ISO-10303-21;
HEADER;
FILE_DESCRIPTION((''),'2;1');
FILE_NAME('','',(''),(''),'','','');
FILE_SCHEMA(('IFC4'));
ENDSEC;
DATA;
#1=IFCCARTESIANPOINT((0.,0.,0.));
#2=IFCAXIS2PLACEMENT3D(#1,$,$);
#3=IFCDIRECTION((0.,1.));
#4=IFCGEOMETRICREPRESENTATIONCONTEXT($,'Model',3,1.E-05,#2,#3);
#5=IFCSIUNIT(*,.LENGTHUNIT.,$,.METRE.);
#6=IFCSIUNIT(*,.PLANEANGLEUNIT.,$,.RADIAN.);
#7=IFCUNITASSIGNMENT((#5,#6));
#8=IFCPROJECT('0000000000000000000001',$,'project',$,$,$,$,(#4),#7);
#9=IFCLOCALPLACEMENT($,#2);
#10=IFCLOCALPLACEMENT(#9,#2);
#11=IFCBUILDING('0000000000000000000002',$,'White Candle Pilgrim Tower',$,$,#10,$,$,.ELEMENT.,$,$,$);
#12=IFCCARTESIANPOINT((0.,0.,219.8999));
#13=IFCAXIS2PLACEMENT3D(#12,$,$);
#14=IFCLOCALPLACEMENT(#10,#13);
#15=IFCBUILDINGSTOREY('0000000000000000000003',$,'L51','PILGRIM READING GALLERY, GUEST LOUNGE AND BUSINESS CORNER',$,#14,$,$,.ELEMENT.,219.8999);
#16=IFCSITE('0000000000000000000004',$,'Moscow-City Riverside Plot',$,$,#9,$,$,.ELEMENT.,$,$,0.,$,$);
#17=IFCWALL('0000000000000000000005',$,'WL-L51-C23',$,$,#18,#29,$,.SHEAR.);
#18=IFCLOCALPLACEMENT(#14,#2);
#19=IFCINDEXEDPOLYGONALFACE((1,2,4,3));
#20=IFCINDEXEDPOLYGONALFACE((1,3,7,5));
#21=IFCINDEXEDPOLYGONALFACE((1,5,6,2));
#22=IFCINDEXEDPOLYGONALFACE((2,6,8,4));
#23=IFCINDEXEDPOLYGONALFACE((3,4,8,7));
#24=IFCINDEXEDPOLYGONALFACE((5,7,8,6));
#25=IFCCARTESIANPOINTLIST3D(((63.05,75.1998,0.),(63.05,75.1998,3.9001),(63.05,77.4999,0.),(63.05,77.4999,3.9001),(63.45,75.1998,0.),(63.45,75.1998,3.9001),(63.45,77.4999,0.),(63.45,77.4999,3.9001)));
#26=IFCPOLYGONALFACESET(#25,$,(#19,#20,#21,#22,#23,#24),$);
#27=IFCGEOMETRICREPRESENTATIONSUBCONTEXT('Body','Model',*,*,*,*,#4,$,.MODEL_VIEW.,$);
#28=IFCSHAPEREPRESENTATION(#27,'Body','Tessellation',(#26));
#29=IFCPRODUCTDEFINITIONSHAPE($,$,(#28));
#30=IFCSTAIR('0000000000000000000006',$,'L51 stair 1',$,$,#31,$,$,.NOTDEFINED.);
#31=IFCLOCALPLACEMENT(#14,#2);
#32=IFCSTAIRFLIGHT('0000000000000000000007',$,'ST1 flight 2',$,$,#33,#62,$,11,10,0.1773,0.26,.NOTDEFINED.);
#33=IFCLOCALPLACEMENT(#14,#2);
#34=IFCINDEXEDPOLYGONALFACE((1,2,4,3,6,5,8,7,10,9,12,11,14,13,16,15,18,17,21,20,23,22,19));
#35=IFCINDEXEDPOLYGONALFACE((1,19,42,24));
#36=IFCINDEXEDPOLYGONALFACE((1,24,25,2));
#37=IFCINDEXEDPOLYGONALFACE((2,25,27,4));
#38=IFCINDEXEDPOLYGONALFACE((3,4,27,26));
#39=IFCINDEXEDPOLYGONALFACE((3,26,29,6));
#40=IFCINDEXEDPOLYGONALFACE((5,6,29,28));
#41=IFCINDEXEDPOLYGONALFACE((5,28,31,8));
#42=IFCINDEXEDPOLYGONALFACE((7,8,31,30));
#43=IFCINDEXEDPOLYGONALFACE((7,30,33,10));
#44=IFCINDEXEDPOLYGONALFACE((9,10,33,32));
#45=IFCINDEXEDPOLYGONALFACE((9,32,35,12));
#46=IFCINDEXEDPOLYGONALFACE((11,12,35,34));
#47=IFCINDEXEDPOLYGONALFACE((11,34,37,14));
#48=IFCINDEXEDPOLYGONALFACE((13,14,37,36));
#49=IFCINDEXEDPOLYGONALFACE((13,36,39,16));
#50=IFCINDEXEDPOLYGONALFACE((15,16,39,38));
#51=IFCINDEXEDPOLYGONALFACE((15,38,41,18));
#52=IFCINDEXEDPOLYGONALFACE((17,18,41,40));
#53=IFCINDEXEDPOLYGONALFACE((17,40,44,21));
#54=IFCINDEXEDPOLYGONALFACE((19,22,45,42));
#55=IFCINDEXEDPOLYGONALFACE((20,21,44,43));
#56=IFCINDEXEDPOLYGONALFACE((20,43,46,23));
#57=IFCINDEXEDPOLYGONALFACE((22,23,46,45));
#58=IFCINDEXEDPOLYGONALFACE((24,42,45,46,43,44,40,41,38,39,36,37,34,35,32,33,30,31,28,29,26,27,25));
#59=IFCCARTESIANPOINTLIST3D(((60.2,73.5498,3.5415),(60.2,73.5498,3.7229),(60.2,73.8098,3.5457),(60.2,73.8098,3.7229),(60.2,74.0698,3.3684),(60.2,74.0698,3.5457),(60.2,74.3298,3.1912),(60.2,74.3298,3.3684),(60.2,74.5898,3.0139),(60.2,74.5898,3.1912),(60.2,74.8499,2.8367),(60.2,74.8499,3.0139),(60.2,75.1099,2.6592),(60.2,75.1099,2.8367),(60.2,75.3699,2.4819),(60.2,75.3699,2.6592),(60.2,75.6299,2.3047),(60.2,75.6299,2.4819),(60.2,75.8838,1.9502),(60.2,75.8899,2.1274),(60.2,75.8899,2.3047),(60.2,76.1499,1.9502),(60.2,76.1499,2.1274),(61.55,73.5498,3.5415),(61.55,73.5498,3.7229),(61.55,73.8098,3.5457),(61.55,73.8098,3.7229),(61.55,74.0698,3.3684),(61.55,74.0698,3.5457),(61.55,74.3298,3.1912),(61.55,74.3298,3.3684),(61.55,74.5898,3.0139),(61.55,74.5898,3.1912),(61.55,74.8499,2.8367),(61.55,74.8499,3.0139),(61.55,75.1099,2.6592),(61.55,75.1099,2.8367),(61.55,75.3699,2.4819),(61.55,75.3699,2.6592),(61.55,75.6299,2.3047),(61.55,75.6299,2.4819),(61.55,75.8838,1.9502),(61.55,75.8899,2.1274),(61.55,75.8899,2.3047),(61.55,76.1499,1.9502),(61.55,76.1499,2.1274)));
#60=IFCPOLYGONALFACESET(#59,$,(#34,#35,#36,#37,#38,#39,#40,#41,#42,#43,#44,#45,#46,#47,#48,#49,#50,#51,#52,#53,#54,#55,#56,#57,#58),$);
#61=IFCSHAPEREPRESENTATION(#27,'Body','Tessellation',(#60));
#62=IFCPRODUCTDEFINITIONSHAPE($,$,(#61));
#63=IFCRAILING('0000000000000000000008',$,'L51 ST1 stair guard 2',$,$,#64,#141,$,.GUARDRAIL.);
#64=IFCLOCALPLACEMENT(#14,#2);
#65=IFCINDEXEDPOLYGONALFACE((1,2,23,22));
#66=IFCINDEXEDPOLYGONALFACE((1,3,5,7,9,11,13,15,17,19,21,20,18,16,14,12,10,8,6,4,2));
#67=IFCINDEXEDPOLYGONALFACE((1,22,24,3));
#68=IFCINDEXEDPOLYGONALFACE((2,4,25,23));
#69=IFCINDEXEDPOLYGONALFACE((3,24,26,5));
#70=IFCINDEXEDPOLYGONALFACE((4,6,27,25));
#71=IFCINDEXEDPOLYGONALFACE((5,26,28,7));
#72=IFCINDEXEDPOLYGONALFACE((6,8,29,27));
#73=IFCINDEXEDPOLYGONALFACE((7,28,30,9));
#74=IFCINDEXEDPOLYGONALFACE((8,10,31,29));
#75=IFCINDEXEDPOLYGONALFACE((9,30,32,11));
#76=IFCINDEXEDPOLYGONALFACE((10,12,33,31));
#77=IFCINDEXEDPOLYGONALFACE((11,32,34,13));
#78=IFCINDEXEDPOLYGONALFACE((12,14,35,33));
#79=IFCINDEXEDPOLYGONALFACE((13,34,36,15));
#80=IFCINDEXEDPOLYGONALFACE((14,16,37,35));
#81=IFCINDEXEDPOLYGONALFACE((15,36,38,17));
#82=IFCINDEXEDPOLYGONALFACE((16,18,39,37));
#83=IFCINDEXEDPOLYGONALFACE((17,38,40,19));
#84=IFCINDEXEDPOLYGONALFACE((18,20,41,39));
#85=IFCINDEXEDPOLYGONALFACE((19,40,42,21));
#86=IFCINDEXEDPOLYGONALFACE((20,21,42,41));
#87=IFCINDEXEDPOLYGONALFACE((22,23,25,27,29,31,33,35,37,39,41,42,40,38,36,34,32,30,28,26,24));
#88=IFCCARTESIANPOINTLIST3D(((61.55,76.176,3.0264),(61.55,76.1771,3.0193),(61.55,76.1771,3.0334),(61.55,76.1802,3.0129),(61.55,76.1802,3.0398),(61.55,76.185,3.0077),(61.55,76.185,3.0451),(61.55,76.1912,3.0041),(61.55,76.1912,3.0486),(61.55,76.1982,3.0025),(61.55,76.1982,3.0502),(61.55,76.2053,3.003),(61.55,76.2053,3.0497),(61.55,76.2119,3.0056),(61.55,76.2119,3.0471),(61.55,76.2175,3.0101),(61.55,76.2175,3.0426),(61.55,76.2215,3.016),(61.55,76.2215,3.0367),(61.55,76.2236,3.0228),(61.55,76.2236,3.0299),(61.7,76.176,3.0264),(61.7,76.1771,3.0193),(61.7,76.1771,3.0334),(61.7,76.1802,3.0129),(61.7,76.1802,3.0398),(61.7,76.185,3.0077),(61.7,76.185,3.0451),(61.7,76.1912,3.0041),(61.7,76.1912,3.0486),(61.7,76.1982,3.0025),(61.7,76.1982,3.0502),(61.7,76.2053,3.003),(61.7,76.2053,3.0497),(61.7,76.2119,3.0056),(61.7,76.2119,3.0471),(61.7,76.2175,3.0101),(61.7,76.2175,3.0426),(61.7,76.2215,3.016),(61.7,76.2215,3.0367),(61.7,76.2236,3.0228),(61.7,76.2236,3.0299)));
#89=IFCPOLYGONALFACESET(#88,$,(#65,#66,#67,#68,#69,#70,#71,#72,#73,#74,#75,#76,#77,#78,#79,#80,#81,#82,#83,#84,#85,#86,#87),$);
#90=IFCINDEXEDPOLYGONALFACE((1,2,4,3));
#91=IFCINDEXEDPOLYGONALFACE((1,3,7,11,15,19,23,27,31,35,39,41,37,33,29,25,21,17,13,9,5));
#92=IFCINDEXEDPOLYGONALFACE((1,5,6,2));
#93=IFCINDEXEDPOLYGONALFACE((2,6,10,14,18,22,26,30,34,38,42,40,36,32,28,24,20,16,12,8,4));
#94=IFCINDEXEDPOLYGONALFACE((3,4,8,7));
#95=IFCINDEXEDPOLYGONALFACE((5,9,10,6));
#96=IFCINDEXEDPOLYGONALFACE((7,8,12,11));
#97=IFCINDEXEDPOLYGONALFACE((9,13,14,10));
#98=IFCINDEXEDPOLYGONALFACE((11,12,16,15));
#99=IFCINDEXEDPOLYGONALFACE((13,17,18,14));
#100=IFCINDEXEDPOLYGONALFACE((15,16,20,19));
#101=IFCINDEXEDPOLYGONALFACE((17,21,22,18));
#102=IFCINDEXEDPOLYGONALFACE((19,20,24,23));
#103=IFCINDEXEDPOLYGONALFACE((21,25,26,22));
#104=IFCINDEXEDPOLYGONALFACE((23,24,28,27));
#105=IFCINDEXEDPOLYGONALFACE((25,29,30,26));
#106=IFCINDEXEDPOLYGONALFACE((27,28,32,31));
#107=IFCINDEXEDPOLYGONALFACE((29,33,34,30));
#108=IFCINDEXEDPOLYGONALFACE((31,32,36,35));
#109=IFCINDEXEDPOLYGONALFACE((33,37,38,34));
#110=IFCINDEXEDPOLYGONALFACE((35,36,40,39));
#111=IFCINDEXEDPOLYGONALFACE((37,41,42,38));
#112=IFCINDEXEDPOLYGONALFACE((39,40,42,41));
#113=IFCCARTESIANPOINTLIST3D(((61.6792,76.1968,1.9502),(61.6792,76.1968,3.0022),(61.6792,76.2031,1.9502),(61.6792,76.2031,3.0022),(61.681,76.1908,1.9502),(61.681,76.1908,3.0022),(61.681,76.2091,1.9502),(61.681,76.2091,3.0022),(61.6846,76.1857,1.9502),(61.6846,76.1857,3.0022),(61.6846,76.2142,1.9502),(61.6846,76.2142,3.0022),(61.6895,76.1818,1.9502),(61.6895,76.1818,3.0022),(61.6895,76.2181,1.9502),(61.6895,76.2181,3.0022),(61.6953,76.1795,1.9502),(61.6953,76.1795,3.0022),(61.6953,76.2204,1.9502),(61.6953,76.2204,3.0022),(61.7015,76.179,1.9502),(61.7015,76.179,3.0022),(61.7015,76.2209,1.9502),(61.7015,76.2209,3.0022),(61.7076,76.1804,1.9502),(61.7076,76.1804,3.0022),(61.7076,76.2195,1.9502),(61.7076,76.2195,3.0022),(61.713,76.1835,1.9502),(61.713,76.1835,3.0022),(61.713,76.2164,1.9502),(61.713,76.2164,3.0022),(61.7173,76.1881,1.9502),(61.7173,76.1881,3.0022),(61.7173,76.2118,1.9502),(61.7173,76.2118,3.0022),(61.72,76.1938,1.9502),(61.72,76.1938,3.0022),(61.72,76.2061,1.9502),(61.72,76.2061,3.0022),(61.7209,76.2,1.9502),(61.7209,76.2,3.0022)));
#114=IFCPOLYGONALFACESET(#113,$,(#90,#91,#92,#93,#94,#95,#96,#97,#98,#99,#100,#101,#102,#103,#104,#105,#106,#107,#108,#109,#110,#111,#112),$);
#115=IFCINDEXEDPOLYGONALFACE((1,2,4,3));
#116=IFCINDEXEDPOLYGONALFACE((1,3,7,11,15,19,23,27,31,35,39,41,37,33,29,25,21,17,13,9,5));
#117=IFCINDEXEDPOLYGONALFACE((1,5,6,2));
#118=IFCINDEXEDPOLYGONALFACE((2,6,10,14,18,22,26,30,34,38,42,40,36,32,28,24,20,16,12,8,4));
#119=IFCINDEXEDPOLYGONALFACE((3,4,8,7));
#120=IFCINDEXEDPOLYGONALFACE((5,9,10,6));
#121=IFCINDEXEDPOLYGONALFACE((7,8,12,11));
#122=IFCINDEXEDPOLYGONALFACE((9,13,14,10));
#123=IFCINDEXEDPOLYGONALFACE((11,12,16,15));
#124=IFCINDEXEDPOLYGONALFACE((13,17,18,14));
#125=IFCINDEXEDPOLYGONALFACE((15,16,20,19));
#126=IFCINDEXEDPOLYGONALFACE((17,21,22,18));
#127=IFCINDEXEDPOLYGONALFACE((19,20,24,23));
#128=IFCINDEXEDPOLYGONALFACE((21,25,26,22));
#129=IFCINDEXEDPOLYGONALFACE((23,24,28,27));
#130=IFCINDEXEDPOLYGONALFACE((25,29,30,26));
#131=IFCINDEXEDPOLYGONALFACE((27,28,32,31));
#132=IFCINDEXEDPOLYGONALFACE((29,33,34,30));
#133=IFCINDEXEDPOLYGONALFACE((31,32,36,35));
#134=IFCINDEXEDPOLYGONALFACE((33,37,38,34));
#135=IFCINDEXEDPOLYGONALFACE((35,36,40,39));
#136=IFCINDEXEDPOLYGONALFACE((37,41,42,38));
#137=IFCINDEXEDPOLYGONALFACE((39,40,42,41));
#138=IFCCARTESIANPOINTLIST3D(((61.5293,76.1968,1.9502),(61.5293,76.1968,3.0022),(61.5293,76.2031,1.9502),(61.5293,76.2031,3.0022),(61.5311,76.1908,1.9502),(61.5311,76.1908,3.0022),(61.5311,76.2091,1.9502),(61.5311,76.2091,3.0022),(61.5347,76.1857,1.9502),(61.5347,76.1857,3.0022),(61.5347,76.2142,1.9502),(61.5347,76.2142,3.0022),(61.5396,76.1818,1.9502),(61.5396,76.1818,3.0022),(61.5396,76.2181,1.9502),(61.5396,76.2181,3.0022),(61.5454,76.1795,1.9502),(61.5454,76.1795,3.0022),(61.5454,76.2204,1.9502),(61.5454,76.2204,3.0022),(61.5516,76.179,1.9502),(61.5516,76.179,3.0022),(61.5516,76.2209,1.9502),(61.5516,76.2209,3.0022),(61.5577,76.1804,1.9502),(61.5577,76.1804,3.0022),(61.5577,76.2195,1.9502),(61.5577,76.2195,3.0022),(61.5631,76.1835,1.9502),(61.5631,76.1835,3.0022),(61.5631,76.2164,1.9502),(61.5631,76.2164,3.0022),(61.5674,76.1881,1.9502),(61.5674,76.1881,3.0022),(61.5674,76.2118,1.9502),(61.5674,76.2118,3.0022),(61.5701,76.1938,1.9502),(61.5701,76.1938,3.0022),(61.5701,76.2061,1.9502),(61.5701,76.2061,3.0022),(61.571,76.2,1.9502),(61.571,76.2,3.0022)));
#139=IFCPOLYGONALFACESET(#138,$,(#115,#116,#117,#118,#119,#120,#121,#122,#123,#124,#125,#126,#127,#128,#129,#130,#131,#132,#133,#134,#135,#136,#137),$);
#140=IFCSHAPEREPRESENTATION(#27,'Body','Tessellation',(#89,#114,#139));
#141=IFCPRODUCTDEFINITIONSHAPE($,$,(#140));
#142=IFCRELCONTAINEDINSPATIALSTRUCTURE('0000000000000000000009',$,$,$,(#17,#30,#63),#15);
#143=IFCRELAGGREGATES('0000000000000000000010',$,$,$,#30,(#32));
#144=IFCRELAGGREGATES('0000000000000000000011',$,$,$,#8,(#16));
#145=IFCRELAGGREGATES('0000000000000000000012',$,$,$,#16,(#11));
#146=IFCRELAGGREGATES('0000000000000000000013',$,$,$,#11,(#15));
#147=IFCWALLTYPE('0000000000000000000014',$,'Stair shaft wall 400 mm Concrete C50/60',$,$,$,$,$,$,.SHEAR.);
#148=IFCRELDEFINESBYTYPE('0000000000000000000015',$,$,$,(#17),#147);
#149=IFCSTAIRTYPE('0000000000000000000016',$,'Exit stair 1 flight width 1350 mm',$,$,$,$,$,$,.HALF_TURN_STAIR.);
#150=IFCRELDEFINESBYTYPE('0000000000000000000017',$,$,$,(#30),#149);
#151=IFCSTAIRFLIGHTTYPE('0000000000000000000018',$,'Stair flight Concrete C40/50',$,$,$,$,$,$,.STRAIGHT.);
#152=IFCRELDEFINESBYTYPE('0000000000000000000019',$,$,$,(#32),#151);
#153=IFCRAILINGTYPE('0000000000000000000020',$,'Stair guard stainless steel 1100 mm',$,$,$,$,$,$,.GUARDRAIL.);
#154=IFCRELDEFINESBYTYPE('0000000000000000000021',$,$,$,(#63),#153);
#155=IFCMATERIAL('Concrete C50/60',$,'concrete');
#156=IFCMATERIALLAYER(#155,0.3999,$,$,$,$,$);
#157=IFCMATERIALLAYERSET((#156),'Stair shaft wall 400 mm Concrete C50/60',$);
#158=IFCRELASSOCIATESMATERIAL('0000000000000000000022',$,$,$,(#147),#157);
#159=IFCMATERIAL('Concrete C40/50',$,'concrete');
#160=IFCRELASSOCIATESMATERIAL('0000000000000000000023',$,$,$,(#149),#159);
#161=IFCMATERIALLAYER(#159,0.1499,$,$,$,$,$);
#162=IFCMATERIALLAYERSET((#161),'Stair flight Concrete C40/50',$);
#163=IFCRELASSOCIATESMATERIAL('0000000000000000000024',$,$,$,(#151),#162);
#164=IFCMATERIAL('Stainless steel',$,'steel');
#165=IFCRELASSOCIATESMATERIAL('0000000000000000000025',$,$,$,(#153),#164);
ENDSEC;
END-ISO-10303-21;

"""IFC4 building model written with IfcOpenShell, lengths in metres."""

from ifc_helpers import new_model, si_unit, direction, frame, frame_2d, origin, origin_2d, place, context, subcontext, project, spatial, polyline, rectangle, circle, outline, extrude, material, layer, layer_set, type_object, element, aggregate, save


model = new_model("IFC4")

# Units and contexts
model_context = context("Model", 3, precision=1e-05, world=origin(), true_north=direction((0.0, 1.0)))
body_context = subcontext(model_context, "Body", "Model", "MODEL_VIEW")
ifc_project = project(units=[si_unit("LENGTHUNIT", "METRE"), si_unit("PLANEANGLEUNIT", "RADIAN")], contexts=[model_context])

# Site, building, storey
site_placement = place(None, origin())
site = spatial("IfcSite", under=ifc_project, at=site_placement, Name="Moscow-City Riverside Plot", CompositionType="ELEMENT", RefElevation=0.0)
building_placement = place(site_placement, origin())
building = spatial("IfcBuilding", under=site, at=building_placement, Name="White Candle Pilgrim Tower", CompositionType="ELEMENT")
storey_placement = place(building_placement, frame((0.0, 0.0, 219.8999)))
storey = spatial("IfcBuildingStorey", under=building, at=storey_placement, Name="L51", Description="PILGRIM READING GALLERY, GUEST LOUNGE AND BUSINESS CORNER", CompositionType="ELEMENT", Elevation=219.8999)

# Shared definitions
ifc_material_1 = material(Name="Concrete C50/60", Category="concrete")

# Shared definitions
ifc_material_2 = material(Name="Stainless steel", Category="steel")

# Wall
ifc_layer_1 = layer(ifc_material_1, 0.3999)
ifc_layer_set_1 = layer_set([ifc_layer_1], Name="Stair shaft wall 400 mm Concrete C50/60")
wall_type_1 = type_object("IfcWallType", Name="Stair shaft wall 400 mm Concrete C50/60", PredefinedType="SHEAR", material=ifc_layer_set_1)
wall_1_placement = place(storey_placement, frame((63.25, 75.2, 0.0), z_axis=(0.0, 0.0, 1.0), x_axis=(0.0, 1.0, 0.0)))
element("IfcWall", 1, at=wall_1_placement, inside=storey, type_object=wall_type_1, Name="WL-L51-C23", PredefinedType="SHEAR", context=body_context, shape_type="SweptSolid", body=[
    extrude(rectangle(XDim=2.3, YDim=0.3999, at=frame_2d((1.1499, 0.0))), origin(), (0.0, 0.0, 1.0), 3.9001),
])

# Stair, stair flight
ifc_material_3 = material(Name="Concrete C40/50", Category="concrete")
stair_type = type_object("IfcStairType", Name="Exit stair 1 flight width 1350 mm", PredefinedType="HALF_TURN_STAIR", material=ifc_material_3)
stair_placement = place(storey_placement, origin())
stair = element("IfcStair", 2, at=stair_placement, inside=storey, type_object=stair_type, Name="L51 stair 1", PredefinedType="NOTDEFINED")
ifc_layer_2 = layer(ifc_material_3, 0.1499)
ifc_layer_set_2 = layer_set([ifc_layer_2], Name="Stair flight Concrete C40/50")
stair_flight_type = type_object("IfcStairFlightType", Name="Stair flight Concrete C40/50", PredefinedType="STRAIGHT", material=ifc_layer_set_2)
stair_flight_placement = place(storey_placement, frame((60.875, 76.1499, 1.9502), z_axis=(0.0, 0.0, 1.0), x_axis=(0.0, -1.0, 0.0)))
stair_flight = element("IfcStairFlight", 3, at=stair_flight_placement, type_object=stair_flight_type, Name="ST1 flight 2", NumberOfRisers=11, NumberOfTreads=10, PredefinedType="NOTDEFINED", RiserHeight=0.1773, TreadLength=0.26, context=body_context, shape_type="SweptSolid", body=[
    extrude(outline(polyline([(0.0, 0.0), (0.0, 0.1772), (0.26, 0.1772), (0.26, 0.3545), (0.52, 0.3545), (0.52, 0.5317), (0.78, 0.5317), (0.78, 0.709), (1.04, 0.709), (1.04, 0.8865), (1.3, 0.8865), (1.3, 1.0637), (1.5601, 1.0637), (1.5601, 1.241), (1.8201, 1.241), (1.8201, 1.4182), (2.0801, 1.4182), (2.0801, 1.5955), (2.3401, 1.5955), (2.3401, 1.7727), (2.6001, 1.7727), (2.6001, 1.95), (2.6001, 1.5913), (0.2661, 0.0), (0.0, 0.0)])), frame((0.0, 0.675, 0.0), z_axis=(0.0, -1.0, 0.0), x_axis=(1.0, 0.0, 0.0)), (0.0, 0.0, 1.0), 1.3501),
])
aggregate(stair, [stair_flight])

# Railing
railing_type_1 = type_object("IfcRailingType", Name="Stair guard stainless steel 1100 mm", PredefinedType="GUARDRAIL", material=ifc_material_2)
railing_1_placement = place(storey_placement, frame((61.7, 76.2, 1.9502)))
element("IfcRailing", 4, at=railing_1_placement, inside=storey, type_object=railing_type_1, Name="L51 ST1 stair guard 2", PredefinedType="GUARDRAIL", context=body_context, shape_type="SweptSolid", body=[
    extrude(circle(Radius=0.0239, at=origin_2d()), frame((0.0, 0.0, 1.0762), z_axis=(-1.0, 0.0, 0.0), x_axis=(0.0, -1.0, 0.0)), (0.0, 0.0, 1.0), 0.1499),
    extrude(circle(Radius=0.021, at=origin_2d()), origin(), (0.0, 0.0, 1.0), 1.052),
    extrude(circle(Radius=0.021, at=origin_2d()), frame((-0.1499, 0.0, 0.0)), (0.0, 0.0, 1.0), 1.052),
])

save(model, "model.ifc")
